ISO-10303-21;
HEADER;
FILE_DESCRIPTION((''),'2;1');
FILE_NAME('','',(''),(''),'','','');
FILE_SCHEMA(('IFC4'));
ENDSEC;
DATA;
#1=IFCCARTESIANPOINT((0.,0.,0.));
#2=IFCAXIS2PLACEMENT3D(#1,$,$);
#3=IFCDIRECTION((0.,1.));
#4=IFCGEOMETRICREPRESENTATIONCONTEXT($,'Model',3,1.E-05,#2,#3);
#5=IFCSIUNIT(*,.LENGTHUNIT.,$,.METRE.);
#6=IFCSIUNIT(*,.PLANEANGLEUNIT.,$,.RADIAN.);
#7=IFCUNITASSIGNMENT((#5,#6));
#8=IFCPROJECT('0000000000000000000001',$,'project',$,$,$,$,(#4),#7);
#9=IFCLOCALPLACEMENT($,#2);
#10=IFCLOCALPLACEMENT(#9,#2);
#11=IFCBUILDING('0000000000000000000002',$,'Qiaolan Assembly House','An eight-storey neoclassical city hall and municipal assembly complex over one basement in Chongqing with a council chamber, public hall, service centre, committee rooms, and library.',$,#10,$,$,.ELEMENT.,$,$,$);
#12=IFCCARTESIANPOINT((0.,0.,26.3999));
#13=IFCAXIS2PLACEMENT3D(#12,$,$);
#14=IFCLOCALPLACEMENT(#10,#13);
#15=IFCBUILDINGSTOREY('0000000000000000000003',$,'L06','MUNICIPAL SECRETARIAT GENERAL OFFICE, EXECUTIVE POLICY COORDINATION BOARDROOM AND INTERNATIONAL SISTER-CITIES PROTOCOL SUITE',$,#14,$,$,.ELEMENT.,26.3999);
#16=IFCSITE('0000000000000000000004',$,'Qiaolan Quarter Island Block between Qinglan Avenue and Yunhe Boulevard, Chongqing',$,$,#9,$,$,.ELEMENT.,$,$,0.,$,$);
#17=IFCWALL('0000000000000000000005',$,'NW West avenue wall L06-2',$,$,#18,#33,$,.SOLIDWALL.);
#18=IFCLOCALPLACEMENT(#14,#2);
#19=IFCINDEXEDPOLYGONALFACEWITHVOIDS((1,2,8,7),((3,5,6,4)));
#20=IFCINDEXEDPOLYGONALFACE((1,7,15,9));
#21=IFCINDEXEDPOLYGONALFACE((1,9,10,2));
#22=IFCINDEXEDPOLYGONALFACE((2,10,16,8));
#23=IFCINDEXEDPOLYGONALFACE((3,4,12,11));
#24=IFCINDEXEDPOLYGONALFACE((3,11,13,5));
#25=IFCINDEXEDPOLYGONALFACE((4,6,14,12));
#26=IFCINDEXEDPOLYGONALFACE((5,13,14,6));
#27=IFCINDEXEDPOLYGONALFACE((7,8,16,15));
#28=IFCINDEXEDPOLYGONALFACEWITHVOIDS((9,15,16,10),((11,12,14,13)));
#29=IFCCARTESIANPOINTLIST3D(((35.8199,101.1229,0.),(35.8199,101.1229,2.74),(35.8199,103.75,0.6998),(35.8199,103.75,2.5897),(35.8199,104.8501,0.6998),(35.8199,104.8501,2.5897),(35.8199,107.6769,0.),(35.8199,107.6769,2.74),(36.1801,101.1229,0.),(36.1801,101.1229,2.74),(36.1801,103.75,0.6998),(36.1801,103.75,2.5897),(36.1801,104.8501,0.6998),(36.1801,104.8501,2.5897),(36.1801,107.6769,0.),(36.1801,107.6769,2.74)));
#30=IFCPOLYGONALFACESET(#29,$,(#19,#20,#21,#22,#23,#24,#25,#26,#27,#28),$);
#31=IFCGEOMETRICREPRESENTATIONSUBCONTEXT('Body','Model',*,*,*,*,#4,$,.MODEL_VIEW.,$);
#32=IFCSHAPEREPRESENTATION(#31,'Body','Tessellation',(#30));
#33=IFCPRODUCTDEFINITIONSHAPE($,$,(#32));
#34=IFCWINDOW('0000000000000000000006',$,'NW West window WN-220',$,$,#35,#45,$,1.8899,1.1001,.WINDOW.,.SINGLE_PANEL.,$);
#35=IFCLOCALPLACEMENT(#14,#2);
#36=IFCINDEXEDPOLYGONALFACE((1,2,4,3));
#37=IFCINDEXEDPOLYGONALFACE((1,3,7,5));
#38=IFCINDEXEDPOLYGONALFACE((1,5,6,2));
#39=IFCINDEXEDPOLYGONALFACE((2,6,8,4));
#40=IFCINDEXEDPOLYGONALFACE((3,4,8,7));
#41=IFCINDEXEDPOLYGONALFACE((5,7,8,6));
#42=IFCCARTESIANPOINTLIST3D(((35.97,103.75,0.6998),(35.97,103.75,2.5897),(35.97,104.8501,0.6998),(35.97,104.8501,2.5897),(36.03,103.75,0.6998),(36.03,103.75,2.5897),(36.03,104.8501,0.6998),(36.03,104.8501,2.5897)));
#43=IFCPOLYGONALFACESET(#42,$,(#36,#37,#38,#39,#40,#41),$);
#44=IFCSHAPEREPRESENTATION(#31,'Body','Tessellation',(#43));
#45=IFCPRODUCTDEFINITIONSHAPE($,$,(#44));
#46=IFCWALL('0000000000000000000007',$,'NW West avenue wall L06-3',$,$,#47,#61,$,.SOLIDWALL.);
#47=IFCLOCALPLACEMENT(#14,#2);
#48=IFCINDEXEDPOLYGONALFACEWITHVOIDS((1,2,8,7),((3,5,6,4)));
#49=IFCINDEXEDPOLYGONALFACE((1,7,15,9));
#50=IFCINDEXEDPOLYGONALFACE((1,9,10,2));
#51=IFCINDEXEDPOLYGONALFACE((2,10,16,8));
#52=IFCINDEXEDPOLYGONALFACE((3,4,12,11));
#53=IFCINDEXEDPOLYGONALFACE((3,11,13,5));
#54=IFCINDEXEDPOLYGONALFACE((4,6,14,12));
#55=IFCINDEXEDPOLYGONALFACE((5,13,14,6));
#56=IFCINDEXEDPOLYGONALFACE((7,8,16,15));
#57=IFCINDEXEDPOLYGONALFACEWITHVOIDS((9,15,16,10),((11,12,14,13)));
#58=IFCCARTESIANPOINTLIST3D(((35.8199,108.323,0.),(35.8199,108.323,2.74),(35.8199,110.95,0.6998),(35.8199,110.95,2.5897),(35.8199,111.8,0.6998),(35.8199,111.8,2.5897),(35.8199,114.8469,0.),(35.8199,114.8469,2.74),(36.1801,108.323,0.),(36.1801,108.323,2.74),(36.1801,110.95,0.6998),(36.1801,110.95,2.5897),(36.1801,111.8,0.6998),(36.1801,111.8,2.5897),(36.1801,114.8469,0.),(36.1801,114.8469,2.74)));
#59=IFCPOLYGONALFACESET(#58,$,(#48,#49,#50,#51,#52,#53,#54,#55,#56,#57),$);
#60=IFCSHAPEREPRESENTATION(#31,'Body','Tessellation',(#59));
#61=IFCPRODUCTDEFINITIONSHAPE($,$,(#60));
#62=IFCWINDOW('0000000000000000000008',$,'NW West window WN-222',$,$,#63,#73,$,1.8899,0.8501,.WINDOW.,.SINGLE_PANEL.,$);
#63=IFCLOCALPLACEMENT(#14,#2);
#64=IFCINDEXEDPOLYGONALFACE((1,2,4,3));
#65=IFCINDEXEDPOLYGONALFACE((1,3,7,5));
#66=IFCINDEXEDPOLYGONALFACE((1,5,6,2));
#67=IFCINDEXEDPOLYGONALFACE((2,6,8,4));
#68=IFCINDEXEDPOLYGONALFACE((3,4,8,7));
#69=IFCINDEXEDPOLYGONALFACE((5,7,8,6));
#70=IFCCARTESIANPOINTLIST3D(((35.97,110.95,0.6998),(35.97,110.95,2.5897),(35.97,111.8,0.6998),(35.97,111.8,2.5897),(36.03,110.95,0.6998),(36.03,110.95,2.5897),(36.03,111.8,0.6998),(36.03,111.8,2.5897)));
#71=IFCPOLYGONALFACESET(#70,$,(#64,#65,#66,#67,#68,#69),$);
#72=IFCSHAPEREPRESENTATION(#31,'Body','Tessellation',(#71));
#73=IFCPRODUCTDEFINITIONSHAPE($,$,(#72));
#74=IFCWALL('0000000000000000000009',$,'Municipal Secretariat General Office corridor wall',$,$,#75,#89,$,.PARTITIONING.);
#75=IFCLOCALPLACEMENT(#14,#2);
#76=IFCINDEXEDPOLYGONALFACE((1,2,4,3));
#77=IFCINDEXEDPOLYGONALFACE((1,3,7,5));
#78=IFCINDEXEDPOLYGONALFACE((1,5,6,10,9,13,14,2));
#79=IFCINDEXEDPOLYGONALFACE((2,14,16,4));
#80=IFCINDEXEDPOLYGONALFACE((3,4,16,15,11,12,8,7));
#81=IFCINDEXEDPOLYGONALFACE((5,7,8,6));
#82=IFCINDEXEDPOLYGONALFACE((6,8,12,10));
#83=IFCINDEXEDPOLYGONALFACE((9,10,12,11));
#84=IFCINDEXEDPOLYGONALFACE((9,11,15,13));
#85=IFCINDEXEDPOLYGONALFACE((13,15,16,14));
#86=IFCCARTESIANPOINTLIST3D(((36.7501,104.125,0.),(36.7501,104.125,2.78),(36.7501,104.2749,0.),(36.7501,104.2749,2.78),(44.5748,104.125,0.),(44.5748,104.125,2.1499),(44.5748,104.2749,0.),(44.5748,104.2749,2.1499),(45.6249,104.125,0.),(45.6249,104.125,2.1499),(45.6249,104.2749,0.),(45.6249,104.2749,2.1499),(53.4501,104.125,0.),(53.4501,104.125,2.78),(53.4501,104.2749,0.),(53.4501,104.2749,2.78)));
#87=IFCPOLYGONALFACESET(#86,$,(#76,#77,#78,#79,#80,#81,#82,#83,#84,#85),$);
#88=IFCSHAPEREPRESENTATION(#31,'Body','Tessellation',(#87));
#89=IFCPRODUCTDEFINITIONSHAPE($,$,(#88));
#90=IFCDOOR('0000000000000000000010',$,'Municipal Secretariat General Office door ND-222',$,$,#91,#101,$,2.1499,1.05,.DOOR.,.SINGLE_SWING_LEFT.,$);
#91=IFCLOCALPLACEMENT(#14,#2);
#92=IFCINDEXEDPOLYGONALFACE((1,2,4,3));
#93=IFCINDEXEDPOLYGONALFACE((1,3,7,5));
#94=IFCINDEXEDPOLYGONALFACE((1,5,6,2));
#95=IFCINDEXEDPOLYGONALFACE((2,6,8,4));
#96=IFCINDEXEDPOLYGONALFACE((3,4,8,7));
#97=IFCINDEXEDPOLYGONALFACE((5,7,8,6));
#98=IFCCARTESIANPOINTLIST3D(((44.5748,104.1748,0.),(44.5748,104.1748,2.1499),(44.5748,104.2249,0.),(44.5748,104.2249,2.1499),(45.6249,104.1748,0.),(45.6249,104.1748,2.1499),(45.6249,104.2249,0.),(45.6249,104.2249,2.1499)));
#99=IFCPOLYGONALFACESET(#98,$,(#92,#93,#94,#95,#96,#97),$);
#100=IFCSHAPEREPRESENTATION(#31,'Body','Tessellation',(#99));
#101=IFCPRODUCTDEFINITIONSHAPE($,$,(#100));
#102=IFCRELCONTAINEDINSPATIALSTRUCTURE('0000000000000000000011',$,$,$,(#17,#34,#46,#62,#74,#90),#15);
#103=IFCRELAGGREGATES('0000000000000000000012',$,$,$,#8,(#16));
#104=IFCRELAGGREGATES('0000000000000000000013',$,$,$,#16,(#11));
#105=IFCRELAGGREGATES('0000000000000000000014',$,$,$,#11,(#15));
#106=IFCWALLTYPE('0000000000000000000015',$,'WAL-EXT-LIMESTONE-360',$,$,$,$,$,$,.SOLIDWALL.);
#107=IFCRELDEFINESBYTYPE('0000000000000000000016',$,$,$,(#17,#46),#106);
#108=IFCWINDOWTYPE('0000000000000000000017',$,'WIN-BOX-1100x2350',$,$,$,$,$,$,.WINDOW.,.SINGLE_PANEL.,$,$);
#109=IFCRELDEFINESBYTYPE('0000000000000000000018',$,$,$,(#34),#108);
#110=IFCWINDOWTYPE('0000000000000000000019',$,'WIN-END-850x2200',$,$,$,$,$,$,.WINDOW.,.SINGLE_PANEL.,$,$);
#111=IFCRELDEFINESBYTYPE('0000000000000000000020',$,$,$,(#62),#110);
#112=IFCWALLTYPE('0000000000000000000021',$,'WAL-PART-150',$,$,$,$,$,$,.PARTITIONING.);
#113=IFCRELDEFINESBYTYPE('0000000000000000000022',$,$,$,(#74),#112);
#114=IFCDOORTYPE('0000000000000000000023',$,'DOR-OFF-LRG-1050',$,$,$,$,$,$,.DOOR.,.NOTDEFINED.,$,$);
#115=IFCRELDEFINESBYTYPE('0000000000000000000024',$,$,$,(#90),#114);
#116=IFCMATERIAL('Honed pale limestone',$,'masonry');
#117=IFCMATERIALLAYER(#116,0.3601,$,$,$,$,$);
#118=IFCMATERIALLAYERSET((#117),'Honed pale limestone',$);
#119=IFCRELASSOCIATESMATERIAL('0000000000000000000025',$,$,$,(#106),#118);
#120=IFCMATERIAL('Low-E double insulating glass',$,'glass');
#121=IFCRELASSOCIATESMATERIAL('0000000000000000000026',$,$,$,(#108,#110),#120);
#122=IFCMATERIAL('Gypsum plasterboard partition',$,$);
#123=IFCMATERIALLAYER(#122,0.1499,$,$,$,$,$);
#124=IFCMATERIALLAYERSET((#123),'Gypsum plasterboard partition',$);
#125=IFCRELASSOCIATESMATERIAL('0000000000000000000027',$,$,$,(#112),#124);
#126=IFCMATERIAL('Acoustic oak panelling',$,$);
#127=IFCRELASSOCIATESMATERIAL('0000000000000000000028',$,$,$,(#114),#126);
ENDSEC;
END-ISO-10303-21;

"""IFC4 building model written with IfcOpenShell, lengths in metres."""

from ifc_helpers import new_model, si_unit, direction, frame, frame_2d, origin, place, context, subcontext, project, spatial, rectangle, extrude, material, layer, layer_set, type_object, element, fill, save


model = new_model("IFC4")

# Units and contexts
model_context = context("Model", 3, precision=1e-05, world=origin(), true_north=direction((0.0, 1.0)))
body_context = subcontext(model_context, "Body", "Model", "MODEL_VIEW")
ifc_project = project(units=[si_unit("LENGTHUNIT", "METRE"), si_unit("PLANEANGLEUNIT", "RADIAN")], contexts=[model_context])

# Site, building, storey
site_placement = place(None, origin())
site = spatial("IfcSite", under=ifc_project, at=site_placement, Name="Qiaolan Quarter Island Block between Qinglan Avenue and Yunhe Boulevard, Chongqing", CompositionType="ELEMENT", RefElevation=0.0)
building_placement = place(site_placement, origin())
building = spatial("IfcBuilding", under=site, at=building_placement, Name="Qiaolan Assembly House", Description="An eight-storey neoclassical city hall and municipal assembly complex over one basement in Chongqing with a council chamber, public hall, service centre, committee rooms, and library.", CompositionType="ELEMENT")
storey_placement = place(building_placement, frame((0.0, 0.0, 26.3999)))
storey = spatial("IfcBuildingStorey", under=building, at=storey_placement, Name="L06", Description="MUNICIPAL SECRETARIAT GENERAL OFFICE, EXECUTIVE POLICY COORDINATION BOARDROOM AND INTERNATIONAL SISTER-CITIES PROTOCOL SUITE", CompositionType="ELEMENT", Elevation=26.3999)

# Shared definitions
ifc_material_1 = material(Name="Honed pale limestone", Category="masonry")

# Shared definitions
ifc_layer_1 = layer(ifc_material_1, 0.3601)
ifc_layer_set_1 = layer_set([ifc_layer_1], Name="Honed pale limestone")
wall_type_1 = type_object("IfcWallType", Name="WAL-EXT-LIMESTONE-360", PredefinedType="SOLIDWALL", material=ifc_layer_set_1)
ifc_material_2 = material(Name="Low-E double insulating glass", Category="glass")

# Walls, openings, windows
wall_1_placement = place(storey_placement, frame((36.0, 101.123, 0.0), z_axis=(0.0, 0.0, 1.0), x_axis=(0.0, 1.0, 0.0)))
wall_1 = element("IfcWall", 1, at=wall_1_placement, inside=storey, type_object=wall_type_1, Name="NW West avenue wall L06-2", PredefinedType="SOLIDWALL", context=body_context, shape_type="SweptSolid", body=[
    extrude(rectangle(XDim=6.554, YDim=0.3601, at=frame_2d((3.2769, 0.0))), origin(), (0.0, 0.0, 1.0), 2.74),
])
opening_1_placement = place(wall_1_placement, frame((2.627, 0.0, 0.7)))
opening_1 = element("IfcOpeningElement", 2, at=opening_1_placement, cuts=wall_1, PredefinedType="OPENING", context=body_context, shape_type="SweptSolid", body=[
    extrude(rectangle(XDim=1.1001, YDim=1.8899, at=frame_2d((0.55, 0.9448))), frame((0.0, 0.1899, 0.0), z_axis=(0.0, -1.0, 0.0), x_axis=(1.0, 0.0, 0.0)), (0.0, 0.0, 1.0), 0.3801),
])
window_type_1 = type_object("IfcWindowType", Name="WIN-BOX-1100x2350", PartitioningType="SINGLE_PANEL", PredefinedType="WINDOW", material=ifc_material_2)
window_1_placement = place(opening_1_placement, origin())
window_1 = element("IfcWindow", 3, at=window_1_placement, inside=storey, type_object=window_type_1, Name="NW West window WN-220", OverallHeight=1.8899, OverallWidth=1.1001, PartitioningType="SINGLE_PANEL", PredefinedType="WINDOW", context=body_context, shape_type="SweptSolid", body=[
    extrude(rectangle(XDim=1.1001, YDim=1.8899, at=frame_2d((0.55, 0.9448))), frame((0.0, 0.03, 0.0), z_axis=(0.0, -1.0, 0.0), x_axis=(1.0, 0.0, 0.0)), (0.0, 0.0, 1.0), 0.0601),
])
fill(opening_1, window_1)
wall_2_placement = place(storey_placement, frame((36.0, 108.323, 0.0), z_axis=(0.0, 0.0, 1.0), x_axis=(0.0, 1.0, 0.0)))
wall_2 = element("IfcWall", 4, at=wall_2_placement, inside=storey, type_object=wall_type_1, Name="NW West avenue wall L06-3", PredefinedType="SOLIDWALL", context=body_context, shape_type="SweptSolid", body=[
    extrude(rectangle(XDim=6.5239, YDim=0.3601, at=frame_2d((3.262, 0.0))), origin(), (0.0, 0.0, 1.0), 2.74),
])
opening_2_placement = place(wall_2_placement, frame((2.627, 0.0, 0.7)))
opening_2 = element("IfcOpeningElement", 5, at=opening_2_placement, cuts=wall_2, PredefinedType="OPENING", context=body_context, shape_type="SweptSolid", body=[
    extrude(rectangle(XDim=0.8501, YDim=1.8899, at=frame_2d((0.425, 0.9448))), frame((0.0, 0.1899, 0.0), z_axis=(0.0, -1.0, 0.0), x_axis=(1.0, 0.0, 0.0)), (0.0, 0.0, 1.0), 0.3801),
])
window_type_2 = type_object("IfcWindowType", Name="WIN-END-850x2200", PartitioningType="SINGLE_PANEL", PredefinedType="WINDOW", material=ifc_material_2)
window_2_placement = place(opening_2_placement, origin())
window_2 = element("IfcWindow", 6, at=window_2_placement, inside=storey, type_object=window_type_2, Name="NW West window WN-222", OverallHeight=1.8899, OverallWidth=0.8501, PartitioningType="SINGLE_PANEL", PredefinedType="WINDOW", context=body_context, shape_type="SweptSolid", body=[
    extrude(rectangle(XDim=0.8501, YDim=1.8899, at=frame_2d((0.425, 0.9448))), frame((0.0, 0.03, 0.0), z_axis=(0.0, -1.0, 0.0), x_axis=(1.0, 0.0, 0.0)), (0.0, 0.0, 1.0), 0.0601),
])
fill(opening_2, window_2)

# Wall, opening, door
ifc_material_3 = material(Name="Gypsum plasterboard partition")
ifc_layer_2 = layer(ifc_material_3, 0.1499)
ifc_layer_set_2 = layer_set([ifc_layer_2], Name="Gypsum plasterboard partition")
wall_type_2 = type_object("IfcWallType", Name="WAL-PART-150", PredefinedType="PARTITIONING", material=ifc_layer_set_2)
wall_3_placement = place(storey_placement, frame((36.75, 104.2, 0.0), z_axis=(0.0, 0.0, 1.0), x_axis=(1.0, 0.0, 0.0)))
wall_3 = element("IfcWall", 7, at=wall_3_placement, inside=storey, type_object=wall_type_2, Name="Municipal Secretariat General Office corridor wall", PredefinedType="PARTITIONING", context=body_context, shape_type="SweptSolid", body=[
    extrude(rectangle(XDim=16.7, YDim=0.1499, at=frame_2d((8.3501, 0.0))), origin(), (0.0, 0.0, 1.0), 2.78),
])
opening_3_placement = place(wall_3_placement, frame((7.825, 0.0, 0.0)))
opening_3 = element("IfcOpeningElement", 8, at=opening_3_placement, cuts=wall_3, PredefinedType="OPENING", context=body_context, shape_type="SweptSolid", body=[
    extrude(rectangle(XDim=1.05, YDim=2.1499, at=frame_2d((0.5249, 1.075))), frame((0.0, 0.085, 0.0), z_axis=(0.0, -1.0, 0.0), x_axis=(1.0, 0.0, 0.0)), (0.0, 0.0, 1.0), 0.1699),
])
ifc_material_4 = material(Name="Acoustic oak panelling")
door_type = type_object("IfcDoorType", Name="DOR-OFF-LRG-1050", OperationType="NOTDEFINED", PredefinedType="DOOR", material=ifc_material_4)
door_placement = place(opening_3_placement, origin())
door = element("IfcDoor", 9, at=door_placement, inside=storey, type_object=door_type, Name="Municipal Secretariat General Office door ND-222", OperationType="SINGLE_SWING_LEFT", OverallHeight=2.1499, OverallWidth=1.05, PredefinedType="DOOR", context=body_context, shape_type="SweptSolid", body=[
    extrude(rectangle(XDim=1.05, YDim=2.1499, at=frame_2d((0.5249, 1.075))), frame((0.0, 0.0249, 0.0), z_axis=(0.0, -1.0, 0.0), x_axis=(1.0, 0.0, 0.0)), (0.0, 0.0, 1.0), 0.05),
])
fill(opening_3, door)

save(model, "model.ifc")
